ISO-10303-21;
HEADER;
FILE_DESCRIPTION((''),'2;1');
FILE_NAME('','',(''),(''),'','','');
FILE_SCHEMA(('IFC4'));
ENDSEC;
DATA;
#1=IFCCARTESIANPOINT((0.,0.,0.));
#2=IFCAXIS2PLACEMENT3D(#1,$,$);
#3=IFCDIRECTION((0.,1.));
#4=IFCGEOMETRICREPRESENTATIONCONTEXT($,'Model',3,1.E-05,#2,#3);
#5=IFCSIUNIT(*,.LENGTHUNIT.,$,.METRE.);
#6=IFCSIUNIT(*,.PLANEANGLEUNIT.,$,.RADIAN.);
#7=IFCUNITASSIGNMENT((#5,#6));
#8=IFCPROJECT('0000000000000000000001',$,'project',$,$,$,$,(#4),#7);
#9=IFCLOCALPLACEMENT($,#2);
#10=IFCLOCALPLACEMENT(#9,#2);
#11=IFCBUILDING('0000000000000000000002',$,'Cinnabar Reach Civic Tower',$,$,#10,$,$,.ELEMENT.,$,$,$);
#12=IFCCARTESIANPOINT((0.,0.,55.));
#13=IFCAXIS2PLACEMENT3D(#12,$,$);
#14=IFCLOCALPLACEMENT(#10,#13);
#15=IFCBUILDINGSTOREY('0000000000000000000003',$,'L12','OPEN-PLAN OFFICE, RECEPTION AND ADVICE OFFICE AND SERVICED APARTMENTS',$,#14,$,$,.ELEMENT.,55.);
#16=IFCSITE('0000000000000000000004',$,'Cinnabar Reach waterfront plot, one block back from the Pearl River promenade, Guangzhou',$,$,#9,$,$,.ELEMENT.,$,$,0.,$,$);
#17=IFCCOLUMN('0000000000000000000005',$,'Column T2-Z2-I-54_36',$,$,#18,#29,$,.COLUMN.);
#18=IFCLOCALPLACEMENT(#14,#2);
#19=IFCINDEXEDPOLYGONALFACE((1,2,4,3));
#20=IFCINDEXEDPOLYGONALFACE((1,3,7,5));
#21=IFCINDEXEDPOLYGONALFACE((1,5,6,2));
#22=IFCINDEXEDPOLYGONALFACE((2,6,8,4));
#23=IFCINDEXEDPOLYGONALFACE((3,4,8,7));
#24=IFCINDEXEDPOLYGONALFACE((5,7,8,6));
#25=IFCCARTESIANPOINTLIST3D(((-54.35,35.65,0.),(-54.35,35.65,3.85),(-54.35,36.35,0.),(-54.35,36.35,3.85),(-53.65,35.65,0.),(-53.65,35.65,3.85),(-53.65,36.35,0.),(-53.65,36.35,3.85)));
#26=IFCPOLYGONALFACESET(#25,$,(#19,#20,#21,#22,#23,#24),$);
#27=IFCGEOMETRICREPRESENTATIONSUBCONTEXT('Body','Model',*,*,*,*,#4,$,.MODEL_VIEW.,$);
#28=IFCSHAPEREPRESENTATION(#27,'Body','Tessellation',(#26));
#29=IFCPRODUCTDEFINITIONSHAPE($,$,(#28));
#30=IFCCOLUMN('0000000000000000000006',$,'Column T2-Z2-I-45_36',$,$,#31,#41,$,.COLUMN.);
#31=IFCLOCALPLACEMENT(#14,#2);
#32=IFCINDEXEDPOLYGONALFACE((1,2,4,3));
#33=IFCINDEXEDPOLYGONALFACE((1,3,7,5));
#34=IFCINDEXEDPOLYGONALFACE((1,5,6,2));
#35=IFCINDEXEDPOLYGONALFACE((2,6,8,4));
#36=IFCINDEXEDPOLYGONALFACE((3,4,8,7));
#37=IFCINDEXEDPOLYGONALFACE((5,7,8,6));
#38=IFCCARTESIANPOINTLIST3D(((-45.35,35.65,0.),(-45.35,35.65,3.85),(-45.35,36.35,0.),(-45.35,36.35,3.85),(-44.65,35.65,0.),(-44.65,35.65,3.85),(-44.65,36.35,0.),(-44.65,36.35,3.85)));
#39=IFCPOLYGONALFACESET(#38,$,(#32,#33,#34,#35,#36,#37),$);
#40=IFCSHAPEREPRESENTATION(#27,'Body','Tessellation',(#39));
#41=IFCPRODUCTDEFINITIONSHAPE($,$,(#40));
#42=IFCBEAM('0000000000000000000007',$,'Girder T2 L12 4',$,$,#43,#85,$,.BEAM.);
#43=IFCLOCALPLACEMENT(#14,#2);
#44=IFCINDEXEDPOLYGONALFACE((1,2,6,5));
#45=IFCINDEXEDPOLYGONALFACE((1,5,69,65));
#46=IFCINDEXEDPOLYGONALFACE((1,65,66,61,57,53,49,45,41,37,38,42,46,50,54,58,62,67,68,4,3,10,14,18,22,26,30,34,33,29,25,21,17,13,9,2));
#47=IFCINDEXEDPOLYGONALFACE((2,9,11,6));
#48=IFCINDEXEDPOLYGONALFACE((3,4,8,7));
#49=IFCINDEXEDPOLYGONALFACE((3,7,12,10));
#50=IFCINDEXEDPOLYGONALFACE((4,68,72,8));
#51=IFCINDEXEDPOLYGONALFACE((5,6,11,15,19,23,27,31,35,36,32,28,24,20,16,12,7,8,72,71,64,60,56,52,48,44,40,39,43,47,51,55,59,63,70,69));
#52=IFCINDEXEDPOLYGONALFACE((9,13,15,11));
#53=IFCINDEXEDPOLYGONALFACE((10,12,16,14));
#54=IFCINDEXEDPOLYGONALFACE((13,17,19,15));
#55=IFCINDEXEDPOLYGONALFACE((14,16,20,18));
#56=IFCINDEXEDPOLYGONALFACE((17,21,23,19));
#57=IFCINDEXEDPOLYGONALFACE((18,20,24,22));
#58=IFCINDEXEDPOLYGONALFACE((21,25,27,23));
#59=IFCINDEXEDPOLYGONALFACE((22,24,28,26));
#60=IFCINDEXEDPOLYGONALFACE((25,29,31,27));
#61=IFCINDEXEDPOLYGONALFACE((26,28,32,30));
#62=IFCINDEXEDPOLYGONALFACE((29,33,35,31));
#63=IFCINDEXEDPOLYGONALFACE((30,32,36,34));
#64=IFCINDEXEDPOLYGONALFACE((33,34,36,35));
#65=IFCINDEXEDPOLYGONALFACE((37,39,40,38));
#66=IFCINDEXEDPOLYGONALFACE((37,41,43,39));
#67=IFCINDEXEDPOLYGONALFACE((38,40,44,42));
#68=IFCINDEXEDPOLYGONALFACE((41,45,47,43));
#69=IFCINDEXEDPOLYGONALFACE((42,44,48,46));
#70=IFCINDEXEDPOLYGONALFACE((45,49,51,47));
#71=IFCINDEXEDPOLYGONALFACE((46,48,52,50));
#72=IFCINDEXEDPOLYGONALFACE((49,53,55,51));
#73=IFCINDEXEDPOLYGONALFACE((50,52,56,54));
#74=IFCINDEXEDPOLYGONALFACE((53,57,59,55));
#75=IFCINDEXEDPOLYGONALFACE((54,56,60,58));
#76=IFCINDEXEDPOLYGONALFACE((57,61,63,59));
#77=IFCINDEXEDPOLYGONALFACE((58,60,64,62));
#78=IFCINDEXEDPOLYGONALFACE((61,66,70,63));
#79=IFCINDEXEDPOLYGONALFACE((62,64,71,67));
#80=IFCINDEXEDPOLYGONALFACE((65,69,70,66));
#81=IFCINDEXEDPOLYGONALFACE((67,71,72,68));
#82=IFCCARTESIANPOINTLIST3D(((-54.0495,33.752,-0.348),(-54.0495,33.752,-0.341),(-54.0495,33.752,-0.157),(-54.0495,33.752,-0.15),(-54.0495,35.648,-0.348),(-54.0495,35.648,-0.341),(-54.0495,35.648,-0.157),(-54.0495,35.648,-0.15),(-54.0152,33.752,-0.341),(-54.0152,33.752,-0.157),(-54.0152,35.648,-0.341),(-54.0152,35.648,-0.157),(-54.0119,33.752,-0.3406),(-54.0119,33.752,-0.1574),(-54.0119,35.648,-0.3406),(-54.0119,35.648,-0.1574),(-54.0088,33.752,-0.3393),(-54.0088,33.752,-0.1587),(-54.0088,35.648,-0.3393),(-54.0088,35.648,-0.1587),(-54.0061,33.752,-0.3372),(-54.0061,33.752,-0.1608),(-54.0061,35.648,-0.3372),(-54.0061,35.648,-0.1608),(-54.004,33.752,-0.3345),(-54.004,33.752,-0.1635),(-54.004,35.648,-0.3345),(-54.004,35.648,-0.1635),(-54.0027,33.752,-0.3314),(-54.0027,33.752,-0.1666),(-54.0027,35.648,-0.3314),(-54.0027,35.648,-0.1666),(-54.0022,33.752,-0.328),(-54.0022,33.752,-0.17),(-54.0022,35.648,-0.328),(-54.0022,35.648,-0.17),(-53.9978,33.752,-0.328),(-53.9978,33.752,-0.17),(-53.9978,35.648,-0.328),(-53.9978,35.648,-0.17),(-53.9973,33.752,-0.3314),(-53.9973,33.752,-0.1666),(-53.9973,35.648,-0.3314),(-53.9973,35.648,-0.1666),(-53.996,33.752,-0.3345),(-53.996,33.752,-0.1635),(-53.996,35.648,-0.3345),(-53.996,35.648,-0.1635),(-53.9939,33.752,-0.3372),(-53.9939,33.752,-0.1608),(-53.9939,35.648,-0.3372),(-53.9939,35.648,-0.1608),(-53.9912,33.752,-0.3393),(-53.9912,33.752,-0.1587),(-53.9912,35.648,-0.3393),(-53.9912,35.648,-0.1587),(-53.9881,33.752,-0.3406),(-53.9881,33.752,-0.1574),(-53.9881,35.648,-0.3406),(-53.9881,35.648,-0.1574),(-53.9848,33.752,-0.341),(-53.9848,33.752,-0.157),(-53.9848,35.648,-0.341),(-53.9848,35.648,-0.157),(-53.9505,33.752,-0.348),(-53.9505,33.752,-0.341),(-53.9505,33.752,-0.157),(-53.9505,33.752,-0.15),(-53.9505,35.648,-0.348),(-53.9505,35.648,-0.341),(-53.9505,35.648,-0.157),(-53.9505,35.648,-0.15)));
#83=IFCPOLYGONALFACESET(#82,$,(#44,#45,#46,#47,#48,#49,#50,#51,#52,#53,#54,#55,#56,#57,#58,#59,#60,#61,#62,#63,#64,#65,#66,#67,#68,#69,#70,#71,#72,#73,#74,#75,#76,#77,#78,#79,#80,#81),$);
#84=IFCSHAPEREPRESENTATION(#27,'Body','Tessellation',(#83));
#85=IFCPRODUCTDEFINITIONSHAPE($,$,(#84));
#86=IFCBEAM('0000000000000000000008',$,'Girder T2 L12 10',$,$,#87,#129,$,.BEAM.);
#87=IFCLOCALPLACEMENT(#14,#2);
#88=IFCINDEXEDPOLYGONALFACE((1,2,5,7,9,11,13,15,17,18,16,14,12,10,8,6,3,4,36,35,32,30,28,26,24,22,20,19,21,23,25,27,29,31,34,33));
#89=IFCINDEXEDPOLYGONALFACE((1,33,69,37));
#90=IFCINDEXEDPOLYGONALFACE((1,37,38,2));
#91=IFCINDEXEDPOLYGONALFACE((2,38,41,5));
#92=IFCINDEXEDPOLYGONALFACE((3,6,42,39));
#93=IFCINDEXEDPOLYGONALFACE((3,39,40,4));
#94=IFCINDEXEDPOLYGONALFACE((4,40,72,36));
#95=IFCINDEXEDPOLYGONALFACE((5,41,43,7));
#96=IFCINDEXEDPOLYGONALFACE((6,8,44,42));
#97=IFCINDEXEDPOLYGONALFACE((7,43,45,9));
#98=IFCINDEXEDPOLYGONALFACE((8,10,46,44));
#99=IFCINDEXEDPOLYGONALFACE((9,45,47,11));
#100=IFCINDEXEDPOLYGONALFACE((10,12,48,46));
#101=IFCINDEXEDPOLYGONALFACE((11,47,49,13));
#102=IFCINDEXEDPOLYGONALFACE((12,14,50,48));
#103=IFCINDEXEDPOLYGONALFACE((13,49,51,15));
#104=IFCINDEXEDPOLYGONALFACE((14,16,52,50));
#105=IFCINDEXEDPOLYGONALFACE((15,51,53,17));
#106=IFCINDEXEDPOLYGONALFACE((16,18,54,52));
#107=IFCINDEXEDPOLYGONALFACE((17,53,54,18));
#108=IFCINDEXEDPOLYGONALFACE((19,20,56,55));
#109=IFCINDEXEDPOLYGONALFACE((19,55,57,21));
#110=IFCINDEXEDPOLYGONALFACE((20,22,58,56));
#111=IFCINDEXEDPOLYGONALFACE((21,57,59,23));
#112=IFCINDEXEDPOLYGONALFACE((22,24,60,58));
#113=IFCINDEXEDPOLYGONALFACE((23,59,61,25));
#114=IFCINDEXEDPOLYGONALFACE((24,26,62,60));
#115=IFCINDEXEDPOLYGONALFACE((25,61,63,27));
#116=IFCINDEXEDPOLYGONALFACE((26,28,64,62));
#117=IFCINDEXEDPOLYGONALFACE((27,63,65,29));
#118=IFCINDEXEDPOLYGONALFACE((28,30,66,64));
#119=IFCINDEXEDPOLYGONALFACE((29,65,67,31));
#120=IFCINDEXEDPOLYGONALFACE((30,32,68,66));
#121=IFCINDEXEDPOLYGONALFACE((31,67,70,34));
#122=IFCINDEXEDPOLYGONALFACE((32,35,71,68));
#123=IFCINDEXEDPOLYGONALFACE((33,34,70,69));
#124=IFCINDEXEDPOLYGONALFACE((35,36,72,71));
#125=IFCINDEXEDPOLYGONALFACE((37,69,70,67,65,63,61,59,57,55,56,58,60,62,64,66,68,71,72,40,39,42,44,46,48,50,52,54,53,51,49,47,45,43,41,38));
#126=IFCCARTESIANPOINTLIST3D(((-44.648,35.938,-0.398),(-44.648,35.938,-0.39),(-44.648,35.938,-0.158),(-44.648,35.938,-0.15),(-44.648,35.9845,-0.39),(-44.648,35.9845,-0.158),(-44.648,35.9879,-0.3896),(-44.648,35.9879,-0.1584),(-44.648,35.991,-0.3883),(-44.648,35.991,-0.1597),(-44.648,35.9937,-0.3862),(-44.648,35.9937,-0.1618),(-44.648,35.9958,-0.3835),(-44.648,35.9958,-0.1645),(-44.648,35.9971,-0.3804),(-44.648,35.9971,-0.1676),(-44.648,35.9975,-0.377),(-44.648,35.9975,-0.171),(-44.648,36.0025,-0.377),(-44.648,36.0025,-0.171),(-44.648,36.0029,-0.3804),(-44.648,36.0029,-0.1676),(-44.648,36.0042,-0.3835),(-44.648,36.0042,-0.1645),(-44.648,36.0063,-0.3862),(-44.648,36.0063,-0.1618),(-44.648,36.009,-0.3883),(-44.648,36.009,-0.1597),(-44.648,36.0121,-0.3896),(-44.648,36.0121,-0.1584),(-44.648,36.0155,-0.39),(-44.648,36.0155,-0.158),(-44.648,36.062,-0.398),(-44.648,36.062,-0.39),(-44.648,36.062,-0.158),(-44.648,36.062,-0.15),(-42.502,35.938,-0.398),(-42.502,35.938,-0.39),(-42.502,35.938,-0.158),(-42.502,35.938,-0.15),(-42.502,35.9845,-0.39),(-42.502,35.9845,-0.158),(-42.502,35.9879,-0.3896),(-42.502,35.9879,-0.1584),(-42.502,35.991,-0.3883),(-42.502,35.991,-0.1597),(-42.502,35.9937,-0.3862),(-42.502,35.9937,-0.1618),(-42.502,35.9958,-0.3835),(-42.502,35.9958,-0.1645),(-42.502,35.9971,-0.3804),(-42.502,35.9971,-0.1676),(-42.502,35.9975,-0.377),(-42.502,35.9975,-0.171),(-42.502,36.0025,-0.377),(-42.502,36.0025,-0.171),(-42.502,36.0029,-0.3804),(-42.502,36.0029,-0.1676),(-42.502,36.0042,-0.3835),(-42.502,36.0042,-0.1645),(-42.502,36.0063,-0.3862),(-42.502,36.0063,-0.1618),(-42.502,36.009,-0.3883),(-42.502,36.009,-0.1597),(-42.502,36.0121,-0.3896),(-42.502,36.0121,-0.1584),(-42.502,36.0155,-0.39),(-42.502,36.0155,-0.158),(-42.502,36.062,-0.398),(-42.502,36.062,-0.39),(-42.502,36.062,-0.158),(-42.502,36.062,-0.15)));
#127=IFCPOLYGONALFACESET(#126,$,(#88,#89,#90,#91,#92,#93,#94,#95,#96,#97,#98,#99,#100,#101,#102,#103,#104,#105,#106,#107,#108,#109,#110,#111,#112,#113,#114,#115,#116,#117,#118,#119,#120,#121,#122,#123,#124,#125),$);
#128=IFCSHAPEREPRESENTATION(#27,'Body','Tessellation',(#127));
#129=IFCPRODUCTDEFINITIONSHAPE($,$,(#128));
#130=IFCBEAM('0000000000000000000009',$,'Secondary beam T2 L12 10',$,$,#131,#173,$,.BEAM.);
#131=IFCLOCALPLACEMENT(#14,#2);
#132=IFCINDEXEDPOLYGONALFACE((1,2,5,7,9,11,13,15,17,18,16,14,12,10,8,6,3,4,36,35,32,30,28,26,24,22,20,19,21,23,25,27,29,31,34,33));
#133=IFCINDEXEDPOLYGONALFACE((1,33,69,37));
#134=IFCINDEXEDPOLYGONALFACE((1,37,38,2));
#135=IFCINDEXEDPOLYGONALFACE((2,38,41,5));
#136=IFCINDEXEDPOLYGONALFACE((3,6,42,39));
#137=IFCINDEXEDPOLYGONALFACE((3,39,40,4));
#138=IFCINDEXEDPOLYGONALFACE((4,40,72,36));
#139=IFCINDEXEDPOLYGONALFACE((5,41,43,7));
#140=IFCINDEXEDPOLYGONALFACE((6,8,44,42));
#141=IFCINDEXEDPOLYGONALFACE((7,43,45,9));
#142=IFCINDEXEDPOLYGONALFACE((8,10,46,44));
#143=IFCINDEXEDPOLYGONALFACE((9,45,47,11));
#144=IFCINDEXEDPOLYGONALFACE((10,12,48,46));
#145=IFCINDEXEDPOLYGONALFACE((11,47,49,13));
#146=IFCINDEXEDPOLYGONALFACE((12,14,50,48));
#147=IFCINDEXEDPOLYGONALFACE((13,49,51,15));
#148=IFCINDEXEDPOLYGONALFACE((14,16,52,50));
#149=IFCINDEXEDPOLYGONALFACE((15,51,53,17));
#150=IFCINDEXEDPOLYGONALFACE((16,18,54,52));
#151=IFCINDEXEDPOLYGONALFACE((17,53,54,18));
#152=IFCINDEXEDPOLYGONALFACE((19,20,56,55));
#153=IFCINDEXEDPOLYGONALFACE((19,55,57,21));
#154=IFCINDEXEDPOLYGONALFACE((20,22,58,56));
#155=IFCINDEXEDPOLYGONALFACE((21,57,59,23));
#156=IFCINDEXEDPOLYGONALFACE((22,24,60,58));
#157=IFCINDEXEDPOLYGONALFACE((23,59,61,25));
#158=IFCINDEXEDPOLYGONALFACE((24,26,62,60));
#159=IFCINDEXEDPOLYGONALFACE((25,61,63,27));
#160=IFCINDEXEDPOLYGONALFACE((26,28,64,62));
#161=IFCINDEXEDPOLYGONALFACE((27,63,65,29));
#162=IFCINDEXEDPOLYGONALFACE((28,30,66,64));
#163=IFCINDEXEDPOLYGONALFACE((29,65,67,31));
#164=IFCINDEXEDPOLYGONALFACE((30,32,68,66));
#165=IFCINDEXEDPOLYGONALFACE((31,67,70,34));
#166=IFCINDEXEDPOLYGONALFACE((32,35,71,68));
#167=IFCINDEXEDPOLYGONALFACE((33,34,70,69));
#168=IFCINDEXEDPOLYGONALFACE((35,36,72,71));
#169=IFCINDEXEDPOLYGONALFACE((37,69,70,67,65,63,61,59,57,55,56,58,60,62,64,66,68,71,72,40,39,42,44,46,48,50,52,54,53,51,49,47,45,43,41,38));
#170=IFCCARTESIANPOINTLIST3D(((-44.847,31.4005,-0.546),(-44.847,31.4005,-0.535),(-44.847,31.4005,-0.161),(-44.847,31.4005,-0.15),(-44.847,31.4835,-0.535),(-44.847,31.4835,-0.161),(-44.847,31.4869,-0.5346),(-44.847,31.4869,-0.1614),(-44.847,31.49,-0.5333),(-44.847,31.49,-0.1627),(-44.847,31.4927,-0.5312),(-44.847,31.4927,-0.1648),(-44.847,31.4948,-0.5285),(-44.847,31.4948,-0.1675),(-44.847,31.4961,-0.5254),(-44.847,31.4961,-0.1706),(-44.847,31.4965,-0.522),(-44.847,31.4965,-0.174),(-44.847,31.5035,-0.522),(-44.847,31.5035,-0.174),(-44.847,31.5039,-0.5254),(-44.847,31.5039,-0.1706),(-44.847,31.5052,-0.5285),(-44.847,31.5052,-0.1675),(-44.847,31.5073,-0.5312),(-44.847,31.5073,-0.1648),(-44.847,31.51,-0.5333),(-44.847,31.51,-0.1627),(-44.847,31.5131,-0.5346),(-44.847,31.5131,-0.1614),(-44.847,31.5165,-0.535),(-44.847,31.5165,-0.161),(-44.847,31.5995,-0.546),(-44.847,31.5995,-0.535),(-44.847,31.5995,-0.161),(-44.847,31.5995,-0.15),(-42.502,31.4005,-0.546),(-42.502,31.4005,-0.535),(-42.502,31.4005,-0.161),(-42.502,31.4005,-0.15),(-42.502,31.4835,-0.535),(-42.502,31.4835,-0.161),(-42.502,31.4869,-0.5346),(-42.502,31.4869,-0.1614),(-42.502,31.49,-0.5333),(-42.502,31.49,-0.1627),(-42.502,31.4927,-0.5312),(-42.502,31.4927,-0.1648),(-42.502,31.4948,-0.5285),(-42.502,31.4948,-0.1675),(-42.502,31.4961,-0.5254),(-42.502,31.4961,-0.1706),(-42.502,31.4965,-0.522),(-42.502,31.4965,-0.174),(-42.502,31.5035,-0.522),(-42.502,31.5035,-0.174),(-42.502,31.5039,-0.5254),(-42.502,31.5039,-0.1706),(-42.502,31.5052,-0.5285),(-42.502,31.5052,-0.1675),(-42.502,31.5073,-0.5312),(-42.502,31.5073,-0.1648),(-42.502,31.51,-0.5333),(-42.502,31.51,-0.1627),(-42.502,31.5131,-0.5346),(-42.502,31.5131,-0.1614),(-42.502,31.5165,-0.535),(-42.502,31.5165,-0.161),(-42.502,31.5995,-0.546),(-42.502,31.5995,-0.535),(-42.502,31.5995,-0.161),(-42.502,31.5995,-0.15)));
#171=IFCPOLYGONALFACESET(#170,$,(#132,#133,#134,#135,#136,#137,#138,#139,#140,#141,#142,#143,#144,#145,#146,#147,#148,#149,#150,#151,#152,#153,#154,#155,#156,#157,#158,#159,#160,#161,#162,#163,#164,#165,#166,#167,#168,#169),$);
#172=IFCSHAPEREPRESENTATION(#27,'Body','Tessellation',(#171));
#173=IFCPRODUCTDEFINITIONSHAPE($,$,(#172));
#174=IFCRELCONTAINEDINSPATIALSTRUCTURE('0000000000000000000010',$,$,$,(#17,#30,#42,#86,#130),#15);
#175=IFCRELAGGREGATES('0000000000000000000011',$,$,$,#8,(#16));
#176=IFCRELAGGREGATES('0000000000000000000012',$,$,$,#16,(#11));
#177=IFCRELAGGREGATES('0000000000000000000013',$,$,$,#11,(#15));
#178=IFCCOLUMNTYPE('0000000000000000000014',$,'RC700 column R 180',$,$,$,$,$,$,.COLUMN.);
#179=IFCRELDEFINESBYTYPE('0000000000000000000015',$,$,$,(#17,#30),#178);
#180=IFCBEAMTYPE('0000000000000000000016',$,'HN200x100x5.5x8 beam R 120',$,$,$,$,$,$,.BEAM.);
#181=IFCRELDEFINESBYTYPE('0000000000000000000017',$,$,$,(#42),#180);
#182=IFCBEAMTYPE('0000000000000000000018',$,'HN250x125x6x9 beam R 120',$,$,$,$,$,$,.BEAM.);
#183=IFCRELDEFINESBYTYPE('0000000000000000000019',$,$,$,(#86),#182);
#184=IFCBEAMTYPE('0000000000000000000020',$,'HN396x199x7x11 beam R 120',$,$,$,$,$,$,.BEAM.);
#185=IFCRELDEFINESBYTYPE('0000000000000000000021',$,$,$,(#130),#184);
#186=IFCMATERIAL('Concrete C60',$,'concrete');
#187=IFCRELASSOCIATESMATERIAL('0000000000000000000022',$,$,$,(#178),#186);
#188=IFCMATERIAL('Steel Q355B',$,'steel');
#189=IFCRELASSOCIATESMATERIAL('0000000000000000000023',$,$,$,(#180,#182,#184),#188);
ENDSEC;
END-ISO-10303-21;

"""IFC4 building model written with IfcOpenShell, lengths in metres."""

from ifc_helpers import new_model, si_unit, direction, frame, origin, origin_2d, place, context, subcontext, project, spatial, rectangle, i_section, extrude, material, material_profile, profile_set, type_object, element, save


model = new_model("IFC4")

# Units and contexts
model_context = context("Model", 3, precision=1e-05, world=origin(), true_north=direction((0.0, 1.0)))
body_context = subcontext(model_context, "Body", "Model", "MODEL_VIEW")
ifc_project = project(units=[si_unit("LENGTHUNIT", "METRE"), si_unit("PLANEANGLEUNIT", "RADIAN")], contexts=[model_context])

# Site, building, storey
site_placement = place(None, origin())
site = spatial("IfcSite", under=ifc_project, at=site_placement, Name="Cinnabar Reach waterfront plot, one block back from the Pearl River promenade, Guangzhou", CompositionType="ELEMENT", RefElevation=0.0)
building_placement = place(site_placement, origin())
building = spatial("IfcBuilding", under=site, at=building_placement, Name="Cinnabar Reach Civic Tower", CompositionType="ELEMENT")
storey_placement = place(building_placement, frame((0.0, 0.0, 55.0)))
storey = spatial("IfcBuildingStorey", under=building, at=storey_placement, Name="L12", Description="OPEN-PLAN OFFICE, RECEPTION AND ADVICE OFFICE AND SERVICED APARTMENTS", CompositionType="ELEMENT", Elevation=55.0)

# Columns
ifc_material_1 = material(Name="Concrete C60", Category="concrete")
ifc_material_profile_1 = material_profile(ifc_material_1, rectangle(XDim=0.7, YDim=0.7, at=origin_2d()), Name="RC700")
ifc_profile_set_1 = profile_set([ifc_material_profile_1], Name="Concrete C60")
column_type = type_object("IfcColumnType", Name="RC700 column R 180", PredefinedType="COLUMN", material=ifc_profile_set_1)
for number, where, z_axis, x_axis, name in (
    (1, (-54.0, 36.0, 0.0), (0.0, 0.0, 1.0), (1.0, 0.0, 0.0), "Column T2-Z2-I-54_36"),
    (2, (-45.0, 36.0, 0.0), (0.0, 0.0, 1.0), (1.0, 0.0, 0.0), "Column T2-Z2-I-45_36"),
):
    element("IfcColumn", number, at=place(storey_placement, frame(where, z_axis=z_axis, x_axis=x_axis)), inside=storey, type_object=column_type, Name=name, PredefinedType="COLUMN", context=body_context, shape_type="SweptSolid", body=[
        extrude(rectangle(XDim=0.7, YDim=0.7, at=origin_2d()), origin(), (0.0, 0.0, 1.0), 3.85),
    ])

# Beams
ifc_material_2 = material(Name="Steel Q355B", Category="steel")
ifc_material_profile_2 = material_profile(ifc_material_2, i_section(OverallWidth=0.099, OverallDepth=0.198, WebThickness=0.0045, FlangeThickness=0.007, FilletRadius=0.013, at=origin_2d()), Name="HN200x100x5.5x8")
ifc_profile_set_2 = profile_set([ifc_material_profile_2], Name="Steel Q355B")
beam_type_1 = type_object("IfcBeamType", Name="HN200x100x5.5x8 beam R 120", PredefinedType="BEAM", material=ifc_profile_set_2)
beam_1_placement = place(storey_placement, frame((-54.0, 33.752, -0.249), z_axis=(0.0, 1.0, 0.0), x_axis=(-1.0, 0.0, 0.0)))
element("IfcBeam", 3, at=beam_1_placement, inside=storey, type_object=beam_type_1, Name="Girder T2 L12 4", PredefinedType="BEAM", context=body_context, shape_type="SweptSolid", body=[
    extrude(i_section(OverallWidth=0.099, OverallDepth=0.198, WebThickness=0.0045, FlangeThickness=0.007, FilletRadius=0.013, at=origin_2d()), origin(), (0.0, 0.0, 1.0), 1.896),
])
ifc_material_profile_3 = material_profile(ifc_material_2, i_section(OverallWidth=0.124, OverallDepth=0.248, WebThickness=0.005, FlangeThickness=0.008, FilletRadius=0.013, at=origin_2d()), Name="HN250x125x6x9")
ifc_profile_set_3 = profile_set([ifc_material_profile_3], Name="Steel Q355B")
beam_type_2 = type_object("IfcBeamType", Name="HN250x125x6x9 beam R 120", PredefinedType="BEAM", material=ifc_profile_set_3)
beam_2_placement = place(storey_placement, frame((-44.648, 36.0, -0.274), z_axis=(1.0, 0.0, 0.0), x_axis=(0.0, 1.0, 0.0)))
element("IfcBeam", 4, at=beam_2_placement, inside=storey, type_object=beam_type_2, Name="Girder T2 L12 10", PredefinedType="BEAM", context=body_context, shape_type="SweptSolid", body=[
    extrude(i_section(OverallWidth=0.124, OverallDepth=0.248, WebThickness=0.005, FlangeThickness=0.008, FilletRadius=0.013, at=origin_2d()), origin(), (0.0, 0.0, 1.0), 2.146),
])
ifc_material_profile_4 = material_profile(ifc_material_2, i_section(OverallWidth=0.199, OverallDepth=0.396, WebThickness=0.007, FlangeThickness=0.011, FilletRadius=0.013, at=origin_2d()), Name="HN396x199x7x11")
ifc_profile_set_4 = profile_set([ifc_material_profile_4], Name="Steel Q355B")
beam_type_3 = type_object("IfcBeamType", Name="HN396x199x7x11 beam R 120", PredefinedType="BEAM", material=ifc_profile_set_4)
beam_3_placement = place(storey_placement, frame((-44.847, 31.5, -0.348), z_axis=(1.0, 0.0, 0.0), x_axis=(0.0, 1.0, 0.0)))
element("IfcBeam", 5, at=beam_3_placement, inside=storey, type_object=beam_type_3, Name="Secondary beam T2 L12 10", PredefinedType="BEAM", context=body_context, shape_type="SweptSolid", body=[
    extrude(i_section(OverallWidth=0.199, OverallDepth=0.396, WebThickness=0.007, FlangeThickness=0.011, FilletRadius=0.013, at=origin_2d()), origin(), (0.0, 0.0, 1.0), 2.345),
])

save(model, "model.ifc")
